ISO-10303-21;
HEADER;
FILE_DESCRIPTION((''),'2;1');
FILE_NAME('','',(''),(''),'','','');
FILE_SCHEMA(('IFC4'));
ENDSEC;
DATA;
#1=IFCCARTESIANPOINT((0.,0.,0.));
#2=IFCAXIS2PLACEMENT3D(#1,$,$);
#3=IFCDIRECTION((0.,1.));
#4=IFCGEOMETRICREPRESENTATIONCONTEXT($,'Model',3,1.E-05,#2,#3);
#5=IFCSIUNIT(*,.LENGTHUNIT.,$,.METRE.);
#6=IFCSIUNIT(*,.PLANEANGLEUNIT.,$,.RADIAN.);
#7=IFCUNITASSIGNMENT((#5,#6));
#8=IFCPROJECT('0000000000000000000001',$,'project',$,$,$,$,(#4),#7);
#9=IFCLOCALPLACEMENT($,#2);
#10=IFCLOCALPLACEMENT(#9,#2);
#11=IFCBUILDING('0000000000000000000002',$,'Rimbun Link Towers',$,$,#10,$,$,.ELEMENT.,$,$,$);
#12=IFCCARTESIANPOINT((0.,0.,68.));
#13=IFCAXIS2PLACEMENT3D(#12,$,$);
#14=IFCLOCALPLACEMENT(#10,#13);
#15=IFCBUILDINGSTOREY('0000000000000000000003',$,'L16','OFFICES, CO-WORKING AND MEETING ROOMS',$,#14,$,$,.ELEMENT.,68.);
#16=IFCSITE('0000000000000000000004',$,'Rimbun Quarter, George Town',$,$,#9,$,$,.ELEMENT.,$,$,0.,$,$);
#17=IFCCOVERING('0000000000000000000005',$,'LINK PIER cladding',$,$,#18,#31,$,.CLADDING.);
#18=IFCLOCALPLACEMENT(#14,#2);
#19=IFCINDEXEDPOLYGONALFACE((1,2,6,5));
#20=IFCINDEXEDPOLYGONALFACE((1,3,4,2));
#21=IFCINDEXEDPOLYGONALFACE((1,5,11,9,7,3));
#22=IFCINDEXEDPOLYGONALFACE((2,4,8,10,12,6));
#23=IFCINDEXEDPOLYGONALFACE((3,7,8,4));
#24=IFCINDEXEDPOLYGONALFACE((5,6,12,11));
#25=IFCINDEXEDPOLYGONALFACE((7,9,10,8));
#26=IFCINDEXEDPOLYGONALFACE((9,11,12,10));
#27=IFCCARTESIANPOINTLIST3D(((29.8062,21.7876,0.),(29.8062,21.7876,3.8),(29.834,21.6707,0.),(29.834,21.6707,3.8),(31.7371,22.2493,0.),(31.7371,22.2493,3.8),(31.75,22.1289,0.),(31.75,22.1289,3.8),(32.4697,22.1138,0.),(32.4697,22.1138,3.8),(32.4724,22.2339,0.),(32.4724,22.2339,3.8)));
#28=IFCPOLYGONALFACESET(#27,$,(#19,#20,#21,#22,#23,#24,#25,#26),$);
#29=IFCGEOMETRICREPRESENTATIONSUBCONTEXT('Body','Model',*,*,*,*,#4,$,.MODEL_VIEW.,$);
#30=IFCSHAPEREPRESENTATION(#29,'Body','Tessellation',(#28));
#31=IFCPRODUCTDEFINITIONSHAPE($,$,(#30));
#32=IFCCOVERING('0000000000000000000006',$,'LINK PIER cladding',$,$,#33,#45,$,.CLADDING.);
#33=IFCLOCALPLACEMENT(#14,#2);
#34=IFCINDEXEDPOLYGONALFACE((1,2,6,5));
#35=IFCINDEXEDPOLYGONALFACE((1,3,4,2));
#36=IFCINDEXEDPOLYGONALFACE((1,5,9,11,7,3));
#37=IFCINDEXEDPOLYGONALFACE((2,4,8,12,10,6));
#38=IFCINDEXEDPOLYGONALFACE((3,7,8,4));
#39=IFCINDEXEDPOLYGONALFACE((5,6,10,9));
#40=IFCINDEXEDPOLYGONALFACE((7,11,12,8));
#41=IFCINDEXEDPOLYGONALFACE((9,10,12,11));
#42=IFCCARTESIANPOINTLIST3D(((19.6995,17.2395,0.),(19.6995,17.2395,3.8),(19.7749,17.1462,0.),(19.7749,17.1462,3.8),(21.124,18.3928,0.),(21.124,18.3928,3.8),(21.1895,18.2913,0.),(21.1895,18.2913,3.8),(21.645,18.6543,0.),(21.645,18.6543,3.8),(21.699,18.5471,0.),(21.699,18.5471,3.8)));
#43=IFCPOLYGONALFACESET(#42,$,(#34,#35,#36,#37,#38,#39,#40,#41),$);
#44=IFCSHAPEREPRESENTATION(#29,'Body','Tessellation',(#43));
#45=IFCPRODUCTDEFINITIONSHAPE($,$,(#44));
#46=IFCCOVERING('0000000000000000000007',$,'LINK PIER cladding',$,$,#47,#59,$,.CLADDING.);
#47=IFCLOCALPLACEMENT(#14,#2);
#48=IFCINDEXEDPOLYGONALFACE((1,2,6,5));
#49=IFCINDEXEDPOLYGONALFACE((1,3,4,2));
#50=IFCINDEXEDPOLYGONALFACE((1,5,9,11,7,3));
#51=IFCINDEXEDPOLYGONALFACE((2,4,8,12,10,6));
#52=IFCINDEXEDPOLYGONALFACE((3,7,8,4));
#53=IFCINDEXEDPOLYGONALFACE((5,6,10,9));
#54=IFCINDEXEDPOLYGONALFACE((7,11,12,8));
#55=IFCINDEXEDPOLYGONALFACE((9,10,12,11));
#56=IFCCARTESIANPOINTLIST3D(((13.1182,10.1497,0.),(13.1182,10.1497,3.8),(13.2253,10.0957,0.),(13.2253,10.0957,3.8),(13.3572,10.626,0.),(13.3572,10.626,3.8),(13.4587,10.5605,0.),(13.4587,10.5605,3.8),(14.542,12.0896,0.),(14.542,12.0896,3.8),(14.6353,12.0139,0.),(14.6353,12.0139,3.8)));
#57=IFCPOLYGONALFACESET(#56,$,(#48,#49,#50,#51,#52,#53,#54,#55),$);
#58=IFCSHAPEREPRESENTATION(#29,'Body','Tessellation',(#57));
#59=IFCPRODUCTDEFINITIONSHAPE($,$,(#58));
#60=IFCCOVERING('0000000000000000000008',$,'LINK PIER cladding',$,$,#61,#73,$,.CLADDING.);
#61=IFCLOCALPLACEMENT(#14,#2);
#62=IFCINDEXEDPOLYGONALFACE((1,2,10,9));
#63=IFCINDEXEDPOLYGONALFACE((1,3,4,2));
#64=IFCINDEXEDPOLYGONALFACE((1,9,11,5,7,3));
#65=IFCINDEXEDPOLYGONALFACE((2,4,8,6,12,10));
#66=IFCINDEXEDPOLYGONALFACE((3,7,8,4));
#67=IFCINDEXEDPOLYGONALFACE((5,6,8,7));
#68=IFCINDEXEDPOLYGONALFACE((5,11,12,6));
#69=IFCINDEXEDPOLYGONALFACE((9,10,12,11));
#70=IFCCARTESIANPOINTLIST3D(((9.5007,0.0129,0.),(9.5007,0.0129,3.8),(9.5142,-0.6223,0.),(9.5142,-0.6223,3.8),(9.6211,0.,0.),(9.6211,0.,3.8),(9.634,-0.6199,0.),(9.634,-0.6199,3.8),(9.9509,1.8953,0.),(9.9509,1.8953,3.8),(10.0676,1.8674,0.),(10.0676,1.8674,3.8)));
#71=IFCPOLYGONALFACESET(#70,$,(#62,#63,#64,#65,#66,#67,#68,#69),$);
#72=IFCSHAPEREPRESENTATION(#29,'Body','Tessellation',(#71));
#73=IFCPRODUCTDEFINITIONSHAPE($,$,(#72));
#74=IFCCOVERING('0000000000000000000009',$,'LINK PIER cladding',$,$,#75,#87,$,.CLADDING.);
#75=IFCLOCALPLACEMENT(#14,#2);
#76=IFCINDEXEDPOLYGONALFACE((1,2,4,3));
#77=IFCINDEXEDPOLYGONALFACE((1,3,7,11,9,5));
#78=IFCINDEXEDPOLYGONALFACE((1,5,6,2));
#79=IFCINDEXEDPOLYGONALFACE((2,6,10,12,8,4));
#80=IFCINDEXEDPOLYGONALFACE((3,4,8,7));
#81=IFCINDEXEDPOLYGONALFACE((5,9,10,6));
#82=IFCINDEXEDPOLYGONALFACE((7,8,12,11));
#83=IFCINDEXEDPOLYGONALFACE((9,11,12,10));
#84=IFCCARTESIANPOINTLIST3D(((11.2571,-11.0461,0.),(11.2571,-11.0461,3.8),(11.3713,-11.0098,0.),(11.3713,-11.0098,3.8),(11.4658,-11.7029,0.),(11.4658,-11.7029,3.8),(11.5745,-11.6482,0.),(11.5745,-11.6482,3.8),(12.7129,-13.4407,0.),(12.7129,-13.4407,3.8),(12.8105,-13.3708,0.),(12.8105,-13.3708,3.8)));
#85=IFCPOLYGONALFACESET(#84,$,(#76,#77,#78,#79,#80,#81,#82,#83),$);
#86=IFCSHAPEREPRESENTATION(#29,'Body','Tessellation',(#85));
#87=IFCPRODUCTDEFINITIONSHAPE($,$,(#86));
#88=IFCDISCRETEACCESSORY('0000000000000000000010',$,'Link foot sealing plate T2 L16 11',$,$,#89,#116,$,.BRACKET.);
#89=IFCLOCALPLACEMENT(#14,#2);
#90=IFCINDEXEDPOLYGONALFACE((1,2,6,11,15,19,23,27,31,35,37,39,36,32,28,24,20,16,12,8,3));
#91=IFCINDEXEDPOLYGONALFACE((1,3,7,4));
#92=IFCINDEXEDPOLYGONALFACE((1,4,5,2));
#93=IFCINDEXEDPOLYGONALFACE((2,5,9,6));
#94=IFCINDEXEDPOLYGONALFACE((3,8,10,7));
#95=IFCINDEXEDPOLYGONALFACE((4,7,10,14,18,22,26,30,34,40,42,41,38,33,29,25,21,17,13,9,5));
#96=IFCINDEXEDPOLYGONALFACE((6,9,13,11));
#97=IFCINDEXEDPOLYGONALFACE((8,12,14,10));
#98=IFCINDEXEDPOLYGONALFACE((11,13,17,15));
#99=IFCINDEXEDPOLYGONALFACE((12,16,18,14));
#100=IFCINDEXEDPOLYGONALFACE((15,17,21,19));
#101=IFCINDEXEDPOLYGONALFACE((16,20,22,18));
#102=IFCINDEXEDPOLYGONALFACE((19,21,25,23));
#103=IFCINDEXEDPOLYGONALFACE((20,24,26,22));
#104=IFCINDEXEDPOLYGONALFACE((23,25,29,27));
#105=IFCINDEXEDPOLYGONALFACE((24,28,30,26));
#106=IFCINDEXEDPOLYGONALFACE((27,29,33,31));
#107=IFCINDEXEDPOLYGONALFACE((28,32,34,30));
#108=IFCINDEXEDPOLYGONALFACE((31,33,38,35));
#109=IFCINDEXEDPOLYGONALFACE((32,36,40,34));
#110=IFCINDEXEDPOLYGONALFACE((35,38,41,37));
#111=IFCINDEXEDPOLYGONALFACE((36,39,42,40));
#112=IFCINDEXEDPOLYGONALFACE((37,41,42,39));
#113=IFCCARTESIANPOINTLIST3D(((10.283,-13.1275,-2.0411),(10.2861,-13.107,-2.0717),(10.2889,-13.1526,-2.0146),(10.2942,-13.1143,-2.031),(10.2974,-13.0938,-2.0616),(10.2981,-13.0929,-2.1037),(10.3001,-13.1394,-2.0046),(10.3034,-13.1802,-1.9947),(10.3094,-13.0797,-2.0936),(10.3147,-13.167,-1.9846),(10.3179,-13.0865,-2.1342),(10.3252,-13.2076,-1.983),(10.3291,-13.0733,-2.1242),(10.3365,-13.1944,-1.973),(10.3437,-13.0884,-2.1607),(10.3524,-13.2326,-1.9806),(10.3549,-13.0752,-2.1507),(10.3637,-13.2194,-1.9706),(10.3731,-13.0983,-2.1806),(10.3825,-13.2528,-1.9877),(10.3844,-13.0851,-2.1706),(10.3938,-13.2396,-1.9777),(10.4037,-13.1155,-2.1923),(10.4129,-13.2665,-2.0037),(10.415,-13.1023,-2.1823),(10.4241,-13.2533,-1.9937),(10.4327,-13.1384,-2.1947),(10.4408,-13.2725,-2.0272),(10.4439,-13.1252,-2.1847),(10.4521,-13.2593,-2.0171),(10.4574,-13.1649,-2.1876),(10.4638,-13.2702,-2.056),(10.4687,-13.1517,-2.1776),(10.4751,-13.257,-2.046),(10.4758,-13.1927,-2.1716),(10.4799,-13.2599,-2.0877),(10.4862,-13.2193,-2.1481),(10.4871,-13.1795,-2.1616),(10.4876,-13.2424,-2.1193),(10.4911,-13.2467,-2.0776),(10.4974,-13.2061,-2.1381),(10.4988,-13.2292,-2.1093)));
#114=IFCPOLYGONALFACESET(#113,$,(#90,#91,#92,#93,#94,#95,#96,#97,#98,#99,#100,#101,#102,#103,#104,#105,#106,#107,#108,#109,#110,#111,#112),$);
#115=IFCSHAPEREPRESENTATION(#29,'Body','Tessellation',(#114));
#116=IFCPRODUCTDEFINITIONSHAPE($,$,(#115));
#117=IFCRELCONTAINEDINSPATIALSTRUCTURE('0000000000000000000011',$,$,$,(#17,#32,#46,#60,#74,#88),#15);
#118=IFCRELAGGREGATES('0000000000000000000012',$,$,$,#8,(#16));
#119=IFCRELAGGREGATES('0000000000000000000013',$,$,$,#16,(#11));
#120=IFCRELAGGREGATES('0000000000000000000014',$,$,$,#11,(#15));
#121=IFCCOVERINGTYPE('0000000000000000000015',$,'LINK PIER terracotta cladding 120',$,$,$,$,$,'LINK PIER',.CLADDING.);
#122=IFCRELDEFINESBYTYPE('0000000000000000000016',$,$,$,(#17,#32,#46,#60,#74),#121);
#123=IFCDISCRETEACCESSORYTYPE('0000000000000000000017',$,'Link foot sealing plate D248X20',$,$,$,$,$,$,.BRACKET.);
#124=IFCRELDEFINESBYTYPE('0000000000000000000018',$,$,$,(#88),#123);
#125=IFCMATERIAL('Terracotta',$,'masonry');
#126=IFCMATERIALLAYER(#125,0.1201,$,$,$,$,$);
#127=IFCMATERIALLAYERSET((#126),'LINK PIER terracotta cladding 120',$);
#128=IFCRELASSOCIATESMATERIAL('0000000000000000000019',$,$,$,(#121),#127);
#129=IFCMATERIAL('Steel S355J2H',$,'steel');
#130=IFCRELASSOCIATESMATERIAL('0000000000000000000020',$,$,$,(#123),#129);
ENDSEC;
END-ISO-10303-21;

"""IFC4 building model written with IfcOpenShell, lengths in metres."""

from ifc_helpers import new_model, si_unit, direction, frame, origin, origin_2d, place, context, subcontext, project, spatial, polyline, circle, outline, extrude, material, layer, layer_set, material_profile, profile_set, type_object, element, save


model = new_model("IFC4")

# Units and contexts
model_context = context("Model", 3, precision=1e-05, world=origin(), true_north=direction((0.0, 1.0)))
body_context = subcontext(model_context, "Body", "Model", "MODEL_VIEW")
ifc_project = project(units=[si_unit("LENGTHUNIT", "METRE"), si_unit("PLANEANGLEUNIT", "RADIAN")], contexts=[model_context])

# Site, building, storey
site_placement = place(None, origin())
site = spatial("IfcSite", under=ifc_project, at=site_placement, Name="Rimbun Quarter, George Town", CompositionType="ELEMENT", RefElevation=0.0)
building_placement = place(site_placement, origin())
building = spatial("IfcBuilding", under=site, at=building_placement, Name="Rimbun Link Towers", CompositionType="ELEMENT")
storey_placement = place(building_placement, frame((0.0, 0.0, 68.0)))
storey = spatial("IfcBuildingStorey", under=building, at=storey_placement, Name="L16", Description="OFFICES, CO-WORKING AND MEETING ROOMS", CompositionType="ELEMENT", Elevation=68.0)

# Coverings
ifc_material_1 = material(Name="Terracotta", Category="masonry")
ifc_layer_1 = layer(ifc_material_1, 0.1201)
ifc_layer_set_1 = layer_set([ifc_layer_1], Name="LINK PIER terracotta cladding 120")
covering_type_1 = type_object("IfcCoveringType", Name="LINK PIER terracotta cladding 120", ElementType="LINK PIER", PredefinedType="CLADDING", material=ifc_layer_set_1)
covering_1_placement = place(storey_placement, origin())
element("IfcCovering", 1, at=covering_1_placement, inside=storey, type_object=covering_type_1, Name="LINK PIER cladding", PredefinedType="CLADDING", context=body_context, shape_type="SweptSolid", body=[
    extrude(outline(polyline([(29.834, 21.6707), (31.75, 22.1289), (32.4697, 22.1138), (32.4724, 22.2339), (31.7371, 22.2493), (29.8062, 21.7876), (29.834, 21.6707)])), origin(), (0.0, 0.0, 1.0), 3.8),
])
covering_2_placement = place(storey_placement, origin())
element("IfcCovering", 2, at=covering_2_placement, inside=storey, type_object=covering_type_1, Name="LINK PIER cladding", PredefinedType="CLADDING", context=body_context, shape_type="SweptSolid", body=[
    extrude(outline(polyline([(19.7749, 17.1462), (21.1895, 18.2913), (21.699, 18.5471), (21.645, 18.6543), (21.124, 18.3928), (19.6995, 17.2395), (19.7749, 17.1462)])), origin(), (0.0, 0.0, 1.0), 3.8),
])
covering_3_placement = place(storey_placement, origin())
element("IfcCovering", 3, at=covering_3_placement, inside=storey, type_object=covering_type_1, Name="LINK PIER cladding", PredefinedType="CLADDING", context=body_context, shape_type="SweptSolid", body=[
    extrude(outline(polyline([(13.2253, 10.0957), (13.4587, 10.5605), (14.6353, 12.0139), (14.542, 12.0896), (13.3572, 10.626), (13.1182, 10.1497), (13.2253, 10.0957)])), origin(), (0.0, 0.0, 1.0), 3.8),
])
covering_4_placement = place(storey_placement, origin())
element("IfcCovering", 4, at=covering_4_placement, inside=storey, type_object=covering_type_1, Name="LINK PIER cladding", PredefinedType="CLADDING", context=body_context, shape_type="SweptSolid", body=[
    extrude(outline(polyline([(9.634, -0.6199), (9.6211, 0.0), (10.0676, 1.8674), (9.9509, 1.8953), (9.5007, 0.0129), (9.5142, -0.6223), (9.634, -0.6199)])), origin(), (0.0, 0.0, 1.0), 3.8),
])
covering_5_placement = place(storey_placement, origin())
element("IfcCovering", 5, at=covering_5_placement, inside=storey, type_object=covering_type_1, Name="LINK PIER cladding", PredefinedType="CLADDING", context=body_context, shape_type="SweptSolid", body=[
    extrude(outline(polyline([(12.8105, -13.3708), (11.5745, -11.6482), (11.3713, -11.0098), (11.2571, -11.0461), (11.4658, -11.7029), (12.7129, -13.4407), (12.8105, -13.3708)])), origin(), (0.0, 0.0, 1.0), 3.8),
])

# Discrete accessory
ifc_material_2 = material(Name="Steel S355J2H", Category="steel")
ifc_material_profile_1 = material_profile(ifc_material_2, circle(Radius=0.124, at=origin_2d()), Name="PL D248")
ifc_profile_set_1 = profile_set([ifc_material_profile_1], Name="Steel S355J2H")
discrete_accessory_type = type_object("IfcDiscreteAccessoryType", Name="Link foot sealing plate D248X20", PredefinedType="BRACKET", material=ifc_profile_set_1)
discrete_accessory_placement = place(storey_placement, frame((10.3967, -13.1663, -2.0776), z_axis=(-0.561435, -0.659076, -0.500409), x_axis=(0.761243, -0.648466, 0.0)))
element("IfcDiscreteAccessory", 6, at=discrete_accessory_placement, inside=storey, type_object=discrete_accessory_type, Name="Link foot sealing plate T2 L16 11", PredefinedType="BRACKET", context=body_context, shape_type="SweptSolid", body=[
    extrude(circle(Radius=0.124, at=origin_2d()), origin(), (0.0, 0.0, 1.0), 0.02),
])

save(model, "model.ifc")
